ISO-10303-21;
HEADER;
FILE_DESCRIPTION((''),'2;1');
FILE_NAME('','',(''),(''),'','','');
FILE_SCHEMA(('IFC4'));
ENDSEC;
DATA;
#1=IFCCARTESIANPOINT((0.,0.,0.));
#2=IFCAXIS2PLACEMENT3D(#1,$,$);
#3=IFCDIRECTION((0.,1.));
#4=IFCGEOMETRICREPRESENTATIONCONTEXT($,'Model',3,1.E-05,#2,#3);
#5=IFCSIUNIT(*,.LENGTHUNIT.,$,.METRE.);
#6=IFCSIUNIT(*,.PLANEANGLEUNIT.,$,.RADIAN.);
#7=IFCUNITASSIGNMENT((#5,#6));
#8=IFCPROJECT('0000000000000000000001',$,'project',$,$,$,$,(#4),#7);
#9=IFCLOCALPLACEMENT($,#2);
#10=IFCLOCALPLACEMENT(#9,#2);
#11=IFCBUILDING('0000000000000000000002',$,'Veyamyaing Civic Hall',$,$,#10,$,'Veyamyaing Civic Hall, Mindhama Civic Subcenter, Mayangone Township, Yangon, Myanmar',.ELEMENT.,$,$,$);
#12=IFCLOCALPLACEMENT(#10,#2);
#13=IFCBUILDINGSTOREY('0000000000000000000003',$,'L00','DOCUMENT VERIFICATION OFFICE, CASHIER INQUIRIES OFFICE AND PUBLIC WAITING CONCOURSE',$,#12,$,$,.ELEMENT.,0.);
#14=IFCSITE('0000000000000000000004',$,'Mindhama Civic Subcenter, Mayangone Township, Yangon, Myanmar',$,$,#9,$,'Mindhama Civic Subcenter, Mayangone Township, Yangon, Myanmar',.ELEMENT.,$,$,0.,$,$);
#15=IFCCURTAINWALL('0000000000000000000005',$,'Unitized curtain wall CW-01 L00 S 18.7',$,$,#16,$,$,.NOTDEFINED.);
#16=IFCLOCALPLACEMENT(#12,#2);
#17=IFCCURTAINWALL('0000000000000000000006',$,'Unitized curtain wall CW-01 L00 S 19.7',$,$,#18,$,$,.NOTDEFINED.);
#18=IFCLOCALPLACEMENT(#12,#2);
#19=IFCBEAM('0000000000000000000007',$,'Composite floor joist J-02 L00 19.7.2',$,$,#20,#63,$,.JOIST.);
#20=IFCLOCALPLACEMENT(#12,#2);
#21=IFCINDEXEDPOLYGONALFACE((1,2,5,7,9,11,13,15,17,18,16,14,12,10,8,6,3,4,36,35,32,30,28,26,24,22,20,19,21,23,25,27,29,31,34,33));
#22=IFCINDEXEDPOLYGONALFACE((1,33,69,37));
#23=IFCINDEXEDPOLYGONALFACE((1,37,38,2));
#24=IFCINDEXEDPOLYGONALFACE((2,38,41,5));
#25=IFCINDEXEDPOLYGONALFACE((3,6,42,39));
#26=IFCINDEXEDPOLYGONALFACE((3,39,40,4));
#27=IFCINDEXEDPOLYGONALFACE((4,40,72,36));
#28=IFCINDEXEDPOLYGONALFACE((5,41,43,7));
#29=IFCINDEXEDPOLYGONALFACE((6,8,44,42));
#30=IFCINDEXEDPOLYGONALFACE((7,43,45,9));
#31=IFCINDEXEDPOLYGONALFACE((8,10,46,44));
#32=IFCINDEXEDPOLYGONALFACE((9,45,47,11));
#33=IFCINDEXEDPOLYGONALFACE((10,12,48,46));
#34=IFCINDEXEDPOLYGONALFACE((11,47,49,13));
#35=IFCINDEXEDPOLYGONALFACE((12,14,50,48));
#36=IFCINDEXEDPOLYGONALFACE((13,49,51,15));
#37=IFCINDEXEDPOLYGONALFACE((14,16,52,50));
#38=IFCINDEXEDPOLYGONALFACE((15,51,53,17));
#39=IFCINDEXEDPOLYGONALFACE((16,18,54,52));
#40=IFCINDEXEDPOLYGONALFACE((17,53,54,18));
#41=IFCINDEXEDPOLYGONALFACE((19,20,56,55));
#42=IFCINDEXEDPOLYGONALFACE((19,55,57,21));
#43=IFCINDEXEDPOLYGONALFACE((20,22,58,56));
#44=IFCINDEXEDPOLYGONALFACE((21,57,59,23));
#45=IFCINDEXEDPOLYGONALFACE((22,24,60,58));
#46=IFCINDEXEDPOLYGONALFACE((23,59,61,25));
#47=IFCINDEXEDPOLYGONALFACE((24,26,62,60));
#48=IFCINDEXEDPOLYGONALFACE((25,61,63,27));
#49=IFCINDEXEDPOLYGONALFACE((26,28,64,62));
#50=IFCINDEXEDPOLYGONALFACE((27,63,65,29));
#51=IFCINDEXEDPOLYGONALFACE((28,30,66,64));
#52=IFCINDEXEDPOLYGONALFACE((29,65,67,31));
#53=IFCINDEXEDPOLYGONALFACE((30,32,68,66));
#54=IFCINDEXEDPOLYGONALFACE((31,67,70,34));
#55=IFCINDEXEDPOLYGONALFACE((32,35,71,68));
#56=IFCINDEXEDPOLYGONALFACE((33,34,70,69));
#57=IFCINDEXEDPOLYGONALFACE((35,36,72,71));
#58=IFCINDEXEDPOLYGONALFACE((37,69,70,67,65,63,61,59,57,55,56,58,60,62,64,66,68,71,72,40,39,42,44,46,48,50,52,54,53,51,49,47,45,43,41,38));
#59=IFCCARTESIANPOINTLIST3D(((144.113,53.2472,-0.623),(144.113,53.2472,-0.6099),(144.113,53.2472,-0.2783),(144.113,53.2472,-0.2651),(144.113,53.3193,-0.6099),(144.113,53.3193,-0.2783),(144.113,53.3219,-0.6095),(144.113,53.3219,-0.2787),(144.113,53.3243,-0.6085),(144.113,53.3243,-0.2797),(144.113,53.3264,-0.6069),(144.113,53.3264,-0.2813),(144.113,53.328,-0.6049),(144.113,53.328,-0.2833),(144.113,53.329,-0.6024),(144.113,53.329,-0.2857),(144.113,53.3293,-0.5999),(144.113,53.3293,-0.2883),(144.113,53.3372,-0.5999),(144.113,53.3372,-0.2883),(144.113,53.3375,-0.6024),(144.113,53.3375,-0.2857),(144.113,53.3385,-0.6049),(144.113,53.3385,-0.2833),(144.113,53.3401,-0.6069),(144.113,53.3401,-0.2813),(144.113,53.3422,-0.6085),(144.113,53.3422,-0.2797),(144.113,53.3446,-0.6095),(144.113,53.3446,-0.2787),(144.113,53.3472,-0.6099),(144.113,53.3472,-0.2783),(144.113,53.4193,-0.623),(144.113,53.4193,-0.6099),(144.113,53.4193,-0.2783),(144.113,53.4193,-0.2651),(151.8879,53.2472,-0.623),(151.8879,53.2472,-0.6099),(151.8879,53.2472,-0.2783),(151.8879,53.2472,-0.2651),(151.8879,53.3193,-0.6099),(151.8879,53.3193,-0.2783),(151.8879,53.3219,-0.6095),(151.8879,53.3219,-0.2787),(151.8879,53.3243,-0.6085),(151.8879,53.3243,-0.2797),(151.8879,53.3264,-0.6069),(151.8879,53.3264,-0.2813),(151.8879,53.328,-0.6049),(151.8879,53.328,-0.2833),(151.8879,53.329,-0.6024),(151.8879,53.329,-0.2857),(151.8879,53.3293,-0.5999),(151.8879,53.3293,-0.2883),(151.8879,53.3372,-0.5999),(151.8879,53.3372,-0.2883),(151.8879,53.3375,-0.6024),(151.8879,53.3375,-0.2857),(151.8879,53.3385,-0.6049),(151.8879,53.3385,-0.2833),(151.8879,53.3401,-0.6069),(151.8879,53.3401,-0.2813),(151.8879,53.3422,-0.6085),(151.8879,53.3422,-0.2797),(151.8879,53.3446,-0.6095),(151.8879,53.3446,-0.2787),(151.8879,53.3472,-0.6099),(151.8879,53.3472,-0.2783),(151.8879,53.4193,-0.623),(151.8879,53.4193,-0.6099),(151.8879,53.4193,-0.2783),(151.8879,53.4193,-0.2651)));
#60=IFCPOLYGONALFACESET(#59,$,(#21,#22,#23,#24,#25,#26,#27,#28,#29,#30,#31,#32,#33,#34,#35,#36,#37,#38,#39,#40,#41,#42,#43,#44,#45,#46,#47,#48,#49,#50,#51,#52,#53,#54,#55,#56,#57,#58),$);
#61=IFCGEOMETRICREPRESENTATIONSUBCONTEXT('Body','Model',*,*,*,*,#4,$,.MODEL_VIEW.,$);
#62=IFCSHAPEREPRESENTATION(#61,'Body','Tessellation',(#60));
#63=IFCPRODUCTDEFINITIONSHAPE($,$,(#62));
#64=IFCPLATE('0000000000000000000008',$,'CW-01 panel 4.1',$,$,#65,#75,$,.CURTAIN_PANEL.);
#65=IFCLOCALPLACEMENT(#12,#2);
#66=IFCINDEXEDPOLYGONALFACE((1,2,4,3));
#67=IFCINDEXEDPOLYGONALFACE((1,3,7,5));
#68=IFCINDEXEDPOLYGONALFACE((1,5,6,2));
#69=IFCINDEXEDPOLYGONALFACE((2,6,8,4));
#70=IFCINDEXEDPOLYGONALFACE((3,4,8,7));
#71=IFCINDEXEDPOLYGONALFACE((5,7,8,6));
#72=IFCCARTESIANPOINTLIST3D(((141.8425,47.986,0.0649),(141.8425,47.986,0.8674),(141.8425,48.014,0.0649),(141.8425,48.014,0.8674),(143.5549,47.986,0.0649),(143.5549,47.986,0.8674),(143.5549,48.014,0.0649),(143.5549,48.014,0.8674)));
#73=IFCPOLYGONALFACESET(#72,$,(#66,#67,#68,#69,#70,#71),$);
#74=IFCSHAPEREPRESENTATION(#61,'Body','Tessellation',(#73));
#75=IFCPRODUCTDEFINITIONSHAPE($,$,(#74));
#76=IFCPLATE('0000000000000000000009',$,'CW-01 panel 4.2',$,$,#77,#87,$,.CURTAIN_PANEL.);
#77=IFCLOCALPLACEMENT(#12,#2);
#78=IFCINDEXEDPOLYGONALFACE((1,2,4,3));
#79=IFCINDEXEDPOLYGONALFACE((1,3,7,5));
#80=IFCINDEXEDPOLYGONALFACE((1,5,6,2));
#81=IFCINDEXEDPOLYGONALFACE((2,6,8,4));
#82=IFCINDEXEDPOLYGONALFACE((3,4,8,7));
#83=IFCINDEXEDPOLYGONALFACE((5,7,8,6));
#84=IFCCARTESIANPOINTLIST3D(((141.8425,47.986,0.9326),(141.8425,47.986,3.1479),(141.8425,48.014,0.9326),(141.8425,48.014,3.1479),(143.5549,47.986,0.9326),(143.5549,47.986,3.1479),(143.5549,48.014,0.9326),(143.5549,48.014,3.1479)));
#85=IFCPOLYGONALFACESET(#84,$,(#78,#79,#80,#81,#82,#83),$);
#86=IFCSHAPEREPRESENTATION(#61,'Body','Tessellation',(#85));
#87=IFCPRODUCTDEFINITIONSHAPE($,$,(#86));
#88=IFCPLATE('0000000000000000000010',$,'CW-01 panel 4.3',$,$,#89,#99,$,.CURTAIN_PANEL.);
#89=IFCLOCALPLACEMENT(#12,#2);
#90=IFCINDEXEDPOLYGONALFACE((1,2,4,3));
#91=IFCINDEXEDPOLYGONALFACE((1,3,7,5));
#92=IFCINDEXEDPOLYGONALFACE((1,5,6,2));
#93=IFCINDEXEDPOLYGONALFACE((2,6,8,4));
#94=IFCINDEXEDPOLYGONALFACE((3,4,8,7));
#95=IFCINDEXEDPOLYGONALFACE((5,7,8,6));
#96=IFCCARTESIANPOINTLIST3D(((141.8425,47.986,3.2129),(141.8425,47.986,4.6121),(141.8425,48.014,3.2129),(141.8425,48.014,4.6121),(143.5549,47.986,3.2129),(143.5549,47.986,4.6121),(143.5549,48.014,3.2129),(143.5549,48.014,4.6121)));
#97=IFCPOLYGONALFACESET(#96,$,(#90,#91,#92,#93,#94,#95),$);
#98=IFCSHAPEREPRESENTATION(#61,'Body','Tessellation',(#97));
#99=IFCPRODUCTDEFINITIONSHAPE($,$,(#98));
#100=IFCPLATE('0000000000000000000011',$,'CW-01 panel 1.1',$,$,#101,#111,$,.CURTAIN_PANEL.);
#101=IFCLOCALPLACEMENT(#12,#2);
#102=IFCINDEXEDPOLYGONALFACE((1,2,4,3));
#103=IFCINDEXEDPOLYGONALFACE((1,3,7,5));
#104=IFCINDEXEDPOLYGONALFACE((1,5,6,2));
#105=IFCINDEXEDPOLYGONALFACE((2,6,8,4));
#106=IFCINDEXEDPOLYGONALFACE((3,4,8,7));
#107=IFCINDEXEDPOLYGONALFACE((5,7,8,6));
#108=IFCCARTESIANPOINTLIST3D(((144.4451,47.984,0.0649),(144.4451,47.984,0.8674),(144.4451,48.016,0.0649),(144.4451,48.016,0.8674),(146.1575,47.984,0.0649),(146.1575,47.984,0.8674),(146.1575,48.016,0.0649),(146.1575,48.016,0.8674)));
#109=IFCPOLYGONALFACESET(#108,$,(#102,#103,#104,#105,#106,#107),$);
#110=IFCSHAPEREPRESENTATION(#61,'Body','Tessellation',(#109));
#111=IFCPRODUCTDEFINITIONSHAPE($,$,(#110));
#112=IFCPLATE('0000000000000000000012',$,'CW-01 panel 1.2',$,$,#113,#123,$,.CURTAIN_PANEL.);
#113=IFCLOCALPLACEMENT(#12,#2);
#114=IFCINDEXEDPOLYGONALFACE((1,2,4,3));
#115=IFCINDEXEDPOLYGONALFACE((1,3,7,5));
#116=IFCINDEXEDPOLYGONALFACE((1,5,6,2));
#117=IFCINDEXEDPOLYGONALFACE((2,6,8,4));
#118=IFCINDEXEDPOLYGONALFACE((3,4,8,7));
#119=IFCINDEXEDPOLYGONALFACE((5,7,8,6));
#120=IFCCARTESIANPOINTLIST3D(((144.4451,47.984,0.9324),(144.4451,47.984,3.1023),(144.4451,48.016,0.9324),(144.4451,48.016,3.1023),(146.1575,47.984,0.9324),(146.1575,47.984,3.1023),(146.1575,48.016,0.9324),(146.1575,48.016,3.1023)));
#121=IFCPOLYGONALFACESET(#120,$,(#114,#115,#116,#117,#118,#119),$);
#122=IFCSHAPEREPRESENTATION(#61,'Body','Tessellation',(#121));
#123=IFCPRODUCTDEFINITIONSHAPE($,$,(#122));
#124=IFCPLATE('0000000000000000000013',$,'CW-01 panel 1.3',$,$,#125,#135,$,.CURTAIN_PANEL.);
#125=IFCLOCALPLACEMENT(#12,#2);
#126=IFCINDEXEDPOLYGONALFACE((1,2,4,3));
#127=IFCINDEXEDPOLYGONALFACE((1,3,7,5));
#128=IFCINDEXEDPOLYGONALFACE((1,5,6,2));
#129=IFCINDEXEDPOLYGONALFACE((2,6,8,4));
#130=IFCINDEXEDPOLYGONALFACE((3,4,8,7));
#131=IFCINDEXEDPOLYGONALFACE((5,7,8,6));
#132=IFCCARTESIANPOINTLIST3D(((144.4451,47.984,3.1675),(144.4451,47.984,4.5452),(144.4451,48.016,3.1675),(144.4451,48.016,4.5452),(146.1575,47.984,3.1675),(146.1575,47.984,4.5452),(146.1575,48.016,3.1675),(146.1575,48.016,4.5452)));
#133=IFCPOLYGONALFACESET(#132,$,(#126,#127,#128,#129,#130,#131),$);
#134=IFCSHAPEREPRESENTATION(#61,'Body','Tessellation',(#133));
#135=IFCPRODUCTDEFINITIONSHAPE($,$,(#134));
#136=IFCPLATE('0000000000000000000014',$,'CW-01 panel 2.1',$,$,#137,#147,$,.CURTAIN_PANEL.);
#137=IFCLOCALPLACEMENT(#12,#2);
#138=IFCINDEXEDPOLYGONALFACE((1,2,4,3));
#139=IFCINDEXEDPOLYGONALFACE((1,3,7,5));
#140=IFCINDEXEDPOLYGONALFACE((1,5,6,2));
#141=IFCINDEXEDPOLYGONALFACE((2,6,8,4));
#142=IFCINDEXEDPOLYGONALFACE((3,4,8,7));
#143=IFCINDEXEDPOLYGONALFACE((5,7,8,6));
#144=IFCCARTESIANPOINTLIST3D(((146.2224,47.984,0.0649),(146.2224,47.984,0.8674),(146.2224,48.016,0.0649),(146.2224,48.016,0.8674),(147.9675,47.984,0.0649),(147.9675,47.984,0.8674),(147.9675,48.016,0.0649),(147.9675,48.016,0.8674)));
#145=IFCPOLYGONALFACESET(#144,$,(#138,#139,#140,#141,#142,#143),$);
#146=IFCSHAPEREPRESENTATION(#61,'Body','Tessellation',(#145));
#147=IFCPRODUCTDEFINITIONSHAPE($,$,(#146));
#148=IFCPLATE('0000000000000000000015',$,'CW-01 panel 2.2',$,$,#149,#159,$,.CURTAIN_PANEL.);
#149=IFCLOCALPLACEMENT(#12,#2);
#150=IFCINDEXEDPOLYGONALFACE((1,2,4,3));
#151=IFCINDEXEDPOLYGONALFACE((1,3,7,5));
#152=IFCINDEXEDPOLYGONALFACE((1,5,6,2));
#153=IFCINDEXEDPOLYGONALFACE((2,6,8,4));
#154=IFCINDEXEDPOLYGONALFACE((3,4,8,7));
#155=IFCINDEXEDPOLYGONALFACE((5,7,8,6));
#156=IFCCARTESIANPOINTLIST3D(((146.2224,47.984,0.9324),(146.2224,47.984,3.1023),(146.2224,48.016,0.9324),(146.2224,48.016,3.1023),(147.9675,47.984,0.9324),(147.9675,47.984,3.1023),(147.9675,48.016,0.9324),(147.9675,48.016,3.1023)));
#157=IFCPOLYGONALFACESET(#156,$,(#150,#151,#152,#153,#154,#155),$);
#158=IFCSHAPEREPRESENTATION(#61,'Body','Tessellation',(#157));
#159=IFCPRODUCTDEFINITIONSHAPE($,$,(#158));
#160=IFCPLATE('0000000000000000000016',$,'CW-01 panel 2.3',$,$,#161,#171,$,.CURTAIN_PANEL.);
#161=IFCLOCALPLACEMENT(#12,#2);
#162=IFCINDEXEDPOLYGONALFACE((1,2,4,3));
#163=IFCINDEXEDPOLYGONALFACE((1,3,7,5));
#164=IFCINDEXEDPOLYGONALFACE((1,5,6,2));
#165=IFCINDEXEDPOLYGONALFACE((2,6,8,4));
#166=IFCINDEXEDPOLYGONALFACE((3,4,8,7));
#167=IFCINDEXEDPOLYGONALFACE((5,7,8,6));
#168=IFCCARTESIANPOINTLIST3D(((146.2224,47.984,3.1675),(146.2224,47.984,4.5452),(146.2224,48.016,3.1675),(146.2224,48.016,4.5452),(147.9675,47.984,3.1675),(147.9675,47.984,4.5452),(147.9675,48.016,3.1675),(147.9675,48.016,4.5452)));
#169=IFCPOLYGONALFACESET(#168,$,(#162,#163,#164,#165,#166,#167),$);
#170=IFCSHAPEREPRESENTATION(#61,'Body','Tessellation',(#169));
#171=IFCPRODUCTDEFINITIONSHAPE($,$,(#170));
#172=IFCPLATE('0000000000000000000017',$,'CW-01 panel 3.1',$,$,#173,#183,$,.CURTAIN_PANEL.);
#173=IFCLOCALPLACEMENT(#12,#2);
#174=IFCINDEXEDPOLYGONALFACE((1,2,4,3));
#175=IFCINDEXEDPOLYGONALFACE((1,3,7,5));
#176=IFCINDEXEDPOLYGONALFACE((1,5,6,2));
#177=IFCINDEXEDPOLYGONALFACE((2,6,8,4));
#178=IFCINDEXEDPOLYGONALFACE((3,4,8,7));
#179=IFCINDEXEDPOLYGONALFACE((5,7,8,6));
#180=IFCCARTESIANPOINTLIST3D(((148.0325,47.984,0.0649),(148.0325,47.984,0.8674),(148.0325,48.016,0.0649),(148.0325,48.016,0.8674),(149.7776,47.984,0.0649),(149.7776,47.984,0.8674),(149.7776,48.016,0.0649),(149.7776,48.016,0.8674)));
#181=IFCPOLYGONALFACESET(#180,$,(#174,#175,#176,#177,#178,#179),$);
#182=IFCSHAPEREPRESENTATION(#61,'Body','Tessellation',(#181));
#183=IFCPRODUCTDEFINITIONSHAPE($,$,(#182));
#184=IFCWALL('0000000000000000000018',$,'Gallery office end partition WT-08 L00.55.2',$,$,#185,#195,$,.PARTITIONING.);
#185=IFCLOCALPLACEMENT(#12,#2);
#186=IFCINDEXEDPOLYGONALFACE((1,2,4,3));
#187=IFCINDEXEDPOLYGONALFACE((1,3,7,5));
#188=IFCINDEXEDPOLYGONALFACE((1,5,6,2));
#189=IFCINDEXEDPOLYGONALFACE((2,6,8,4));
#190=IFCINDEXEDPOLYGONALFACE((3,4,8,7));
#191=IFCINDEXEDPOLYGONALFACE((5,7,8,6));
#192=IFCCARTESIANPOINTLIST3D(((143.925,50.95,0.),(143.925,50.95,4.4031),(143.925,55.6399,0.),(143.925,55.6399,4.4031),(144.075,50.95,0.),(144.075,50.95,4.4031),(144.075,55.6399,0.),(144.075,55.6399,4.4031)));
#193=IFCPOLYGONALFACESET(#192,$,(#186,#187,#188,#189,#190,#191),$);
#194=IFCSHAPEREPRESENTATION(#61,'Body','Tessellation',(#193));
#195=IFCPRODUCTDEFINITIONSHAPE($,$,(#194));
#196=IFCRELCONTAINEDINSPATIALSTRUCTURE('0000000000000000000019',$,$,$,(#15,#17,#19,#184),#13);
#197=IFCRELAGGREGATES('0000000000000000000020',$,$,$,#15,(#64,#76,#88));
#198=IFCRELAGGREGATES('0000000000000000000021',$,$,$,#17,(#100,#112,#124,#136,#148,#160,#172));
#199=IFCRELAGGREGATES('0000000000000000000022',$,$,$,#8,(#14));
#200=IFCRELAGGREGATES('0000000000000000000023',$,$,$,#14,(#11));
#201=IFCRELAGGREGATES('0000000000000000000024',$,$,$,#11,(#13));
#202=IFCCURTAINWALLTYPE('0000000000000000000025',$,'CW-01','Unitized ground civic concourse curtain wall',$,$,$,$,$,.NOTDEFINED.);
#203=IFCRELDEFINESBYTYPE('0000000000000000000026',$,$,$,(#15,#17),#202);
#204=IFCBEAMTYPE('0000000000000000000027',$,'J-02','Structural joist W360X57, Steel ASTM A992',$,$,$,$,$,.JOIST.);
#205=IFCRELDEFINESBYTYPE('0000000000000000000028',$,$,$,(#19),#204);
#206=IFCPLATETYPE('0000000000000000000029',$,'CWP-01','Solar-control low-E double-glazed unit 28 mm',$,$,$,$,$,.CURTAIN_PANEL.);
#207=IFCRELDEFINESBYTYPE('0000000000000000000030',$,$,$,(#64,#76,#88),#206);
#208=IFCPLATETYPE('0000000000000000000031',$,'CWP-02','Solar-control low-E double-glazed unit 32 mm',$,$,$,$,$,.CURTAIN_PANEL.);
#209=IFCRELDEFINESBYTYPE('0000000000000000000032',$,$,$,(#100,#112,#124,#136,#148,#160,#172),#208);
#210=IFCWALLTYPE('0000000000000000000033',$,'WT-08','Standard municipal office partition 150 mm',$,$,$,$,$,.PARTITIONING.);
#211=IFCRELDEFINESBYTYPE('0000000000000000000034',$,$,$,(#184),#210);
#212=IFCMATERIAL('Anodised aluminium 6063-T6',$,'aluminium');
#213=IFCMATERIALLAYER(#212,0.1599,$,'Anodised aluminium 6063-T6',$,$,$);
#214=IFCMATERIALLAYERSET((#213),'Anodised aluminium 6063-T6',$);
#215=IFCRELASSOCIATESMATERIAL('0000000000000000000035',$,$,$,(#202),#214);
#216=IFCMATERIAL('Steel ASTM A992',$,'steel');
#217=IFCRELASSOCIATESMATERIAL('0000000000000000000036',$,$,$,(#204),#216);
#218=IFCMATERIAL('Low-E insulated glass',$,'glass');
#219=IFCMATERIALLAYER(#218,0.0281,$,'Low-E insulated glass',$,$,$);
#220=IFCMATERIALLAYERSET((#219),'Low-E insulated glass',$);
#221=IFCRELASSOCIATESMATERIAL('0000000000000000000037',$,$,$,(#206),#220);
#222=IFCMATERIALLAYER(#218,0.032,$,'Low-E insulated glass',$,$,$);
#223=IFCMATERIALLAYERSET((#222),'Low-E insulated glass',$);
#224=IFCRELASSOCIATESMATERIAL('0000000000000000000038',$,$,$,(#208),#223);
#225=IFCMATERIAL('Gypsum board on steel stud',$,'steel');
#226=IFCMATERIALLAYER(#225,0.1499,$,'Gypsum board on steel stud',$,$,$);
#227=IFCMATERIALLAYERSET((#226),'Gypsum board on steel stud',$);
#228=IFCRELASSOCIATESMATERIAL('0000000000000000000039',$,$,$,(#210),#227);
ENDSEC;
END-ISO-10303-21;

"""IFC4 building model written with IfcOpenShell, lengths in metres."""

from ifc_helpers import new_model, si_unit, direction, frame, frame_2d, origin, origin_2d, place, context, subcontext, project, spatial, rectangle, i_section, extrude, material, layer, layer_set, material_profile, profile_set, type_object, element, aggregate, save


model = new_model("IFC4")

# Units and contexts
model_context = context("Model", 3, precision=1e-05, world=origin(), true_north=direction((0.0, 1.0)))
body_context = subcontext(model_context, "Body", "Model", "MODEL_VIEW")
ifc_project = project(units=[si_unit("LENGTHUNIT", "METRE"), si_unit("PLANEANGLEUNIT", "RADIAN")], contexts=[model_context])

# Site, building, storey
site_placement = place(None, origin())
site = spatial("IfcSite", under=ifc_project, at=site_placement, Name="Mindhama Civic Subcenter, Mayangone Township, Yangon, Myanmar", LongName="Mindhama Civic Subcenter, Mayangone Township, Yangon, Myanmar", CompositionType="ELEMENT", RefElevation=0.0)
building_placement = place(site_placement, origin())
building = spatial("IfcBuilding", under=site, at=building_placement, Name="Veyamyaing Civic Hall", LongName="Veyamyaing Civic Hall, Mindhama Civic Subcenter, Mayangone Township, Yangon, Myanmar", CompositionType="ELEMENT")
storey_placement = place(building_placement, origin())
storey = spatial("IfcBuildingStorey", under=building, at=storey_placement, Name="L00", Description="DOCUMENT VERIFICATION OFFICE, CASHIER INQUIRIES OFFICE AND PUBLIC WAITING CONCOURSE", CompositionType="ELEMENT", Elevation=0.0)

# Shared definitions
ifc_material_1 = material(Name="Steel ASTM A992", Category="steel")

# Curtain wall
ifc_material_2 = material(Name="Anodised aluminium 6063-T6", Category="aluminium")
ifc_layer_1 = layer(ifc_material_2, 0.1599, Name="Anodised aluminium 6063-T6")
ifc_layer_set_1 = layer_set([ifc_layer_1], Name="Anodised aluminium 6063-T6")
curtain_wall_type = type_object("IfcCurtainWallType", Name="CW-01", Description="Unitized ground civic concourse curtain wall", PredefinedType="NOTDEFINED", material=ifc_layer_set_1)
curtain_wall_1_placement = place(storey_placement, origin())
curtain_wall_1 = element("IfcCurtainWall", 1, at=curtain_wall_1_placement, inside=storey, type_object=curtain_wall_type, Name="Unitized curtain wall CW-01 L00 S 18.7", PredefinedType="NOTDEFINED")

# Curtain wall
curtain_wall_2_placement = place(storey_placement, origin())
curtain_wall_2 = element("IfcCurtainWall", 2, at=curtain_wall_2_placement, inside=storey, type_object=curtain_wall_type, Name="Unitized curtain wall CW-01 L00 S 19.7", PredefinedType="NOTDEFINED")

# Beam
ifc_material_profile_1 = material_profile(ifc_material_1, i_section(OverallWidth=0.1721, OverallDepth=0.3579, WebThickness=0.0078, FlangeThickness=0.0132, FilletRadius=0.01, at=origin_2d()), Name="W360X57")
ifc_profile_set_1 = profile_set([ifc_material_profile_1], Name="Steel ASTM A992")
beam_type_1 = type_object("IfcBeamType", Name="J-02", Description="Structural joist W360X57, Steel ASTM A992", PredefinedType="JOIST", material=ifc_profile_set_1)
for number, where, z_axis, x_axis, name in (
    (3, (144.113, 53.3333, -0.4441), (1.0, 0.0, 0.0), (0.0, 1.0, 0.0), "Composite floor joist J-02 L00 19.7.2"),
):
    element("IfcBeam", number, at=place(storey_placement, frame(where, z_axis=z_axis, x_axis=x_axis)), inside=storey, type_object=beam_type_1, Name=name, PredefinedType="JOIST", context=body_context, shape_type="SweptSolid", body=[
        extrude(i_section(OverallWidth=0.1721, OverallDepth=0.3579, WebThickness=0.0078, FlangeThickness=0.0132, FilletRadius=0.01, at=origin_2d()), origin(), (0.0, 0.0, 1.0), 7.7749),
    ])

# Plates
ifc_material_3 = material(Name="Low-E insulated glass", Category="glass")
ifc_layer_2 = layer(ifc_material_3, 0.0281, Name="Low-E insulated glass")
ifc_layer_set_2 = layer_set([ifc_layer_2], Name="Low-E insulated glass")
plate_type_1 = type_object("IfcPlateType", Name="CWP-01", Description="Solar-control low-E double-glazed unit 28 mm", PredefinedType="CURTAIN_PANEL", material=ifc_layer_set_2)
plate_1_placement = place(storey_placement, frame((142.6987, 48.0, 0.0649), z_axis=(0.0, 0.0, 1.0), x_axis=(1.0, 0.0, 0.0)))
plate_1 = element("IfcPlate", 4, at=plate_1_placement, type_object=plate_type_1, Name="CW-01 panel 4.1", PredefinedType="CURTAIN_PANEL", context=body_context, shape_type="SweptSolid", body=[
    extrude(rectangle(XDim=1.7124, YDim=0.0281, at=origin_2d()), origin(), (0.0, 0.0, 1.0), 0.8025),
])
plate_2_placement = place(storey_placement, frame((142.6987, 48.0, 0.9326), z_axis=(0.0, 0.0, 1.0), x_axis=(1.0, 0.0, 0.0)))
plate_2 = element("IfcPlate", 5, at=plate_2_placement, type_object=plate_type_1, Name="CW-01 panel 4.2", PredefinedType="CURTAIN_PANEL", context=body_context, shape_type="SweptSolid", body=[
    extrude(rectangle(XDim=1.7124, YDim=0.0281, at=origin_2d()), origin(), (0.0, 0.0, 1.0), 2.2153),
])
plate_3_placement = place(storey_placement, frame((142.6987, 48.0, 3.2129), z_axis=(0.0, 0.0, 1.0), x_axis=(1.0, 0.0, 0.0)))
plate_3 = element("IfcPlate", 6, at=plate_3_placement, type_object=plate_type_1, Name="CW-01 panel 4.3", PredefinedType="CURTAIN_PANEL", context=body_context, shape_type="SweptSolid", body=[
    extrude(rectangle(XDim=1.7124, YDim=0.0281, at=origin_2d()), origin(), (0.0, 0.0, 1.0), 1.3992),
])
aggregate(curtain_wall_1, [plate_1, plate_2, plate_3])
ifc_layer_3 = layer(ifc_material_3, 0.032, Name="Low-E insulated glass")
ifc_layer_set_3 = layer_set([ifc_layer_3], Name="Low-E insulated glass")
plate_type_2 = type_object("IfcPlateType", Name="CWP-02", Description="Solar-control low-E double-glazed unit 32 mm", PredefinedType="CURTAIN_PANEL", material=ifc_layer_set_3)
plate_4_placement = place(storey_placement, frame((145.3013, 48.0, 0.0649), z_axis=(0.0, 0.0, 1.0), x_axis=(1.0, 0.0, 0.0)))
plate_4 = element("IfcPlate", 7, at=plate_4_placement, type_object=plate_type_2, Name="CW-01 panel 1.1", PredefinedType="CURTAIN_PANEL", context=body_context, shape_type="SweptSolid", body=[
    extrude(rectangle(XDim=1.7124, YDim=0.032, at=origin_2d()), origin(), (0.0, 0.0, 1.0), 0.8025),
])
plate_5_placement = place(storey_placement, frame((145.3013, 48.0, 0.9324), z_axis=(0.0, 0.0, 1.0), x_axis=(1.0, 0.0, 0.0)))
plate_5 = element("IfcPlate", 8, at=plate_5_placement, type_object=plate_type_2, Name="CW-01 panel 1.2", PredefinedType="CURTAIN_PANEL", context=body_context, shape_type="SweptSolid", body=[
    extrude(rectangle(XDim=1.7124, YDim=0.032, at=origin_2d()), origin(), (0.0, 0.0, 1.0), 2.1699),
])
plate_6_placement = place(storey_placement, frame((145.3013, 48.0, 3.1675), z_axis=(0.0, 0.0, 1.0), x_axis=(1.0, 0.0, 0.0)))
plate_6 = element("IfcPlate", 9, at=plate_6_placement, type_object=plate_type_2, Name="CW-01 panel 1.3", PredefinedType="CURTAIN_PANEL", context=body_context, shape_type="SweptSolid", body=[
    extrude(rectangle(XDim=1.7124, YDim=0.032, at=origin_2d()), origin(), (0.0, 0.0, 1.0), 1.3777),
])
plate_7_placement = place(storey_placement, frame((147.095, 48.0, 0.0649), z_axis=(0.0, 0.0, 1.0), x_axis=(1.0, 0.0, 0.0)))
plate_7 = element("IfcPlate", 10, at=plate_7_placement, type_object=plate_type_2, Name="CW-01 panel 2.1", PredefinedType="CURTAIN_PANEL", context=body_context, shape_type="SweptSolid", body=[
    extrude(rectangle(XDim=1.7451, YDim=0.032, at=origin_2d()), origin(), (0.0, 0.0, 1.0), 0.8025),
])
plate_8_placement = place(storey_placement, frame((147.095, 48.0, 0.9324), z_axis=(0.0, 0.0, 1.0), x_axis=(1.0, 0.0, 0.0)))
plate_8 = element("IfcPlate", 11, at=plate_8_placement, type_object=plate_type_2, Name="CW-01 panel 2.2", PredefinedType="CURTAIN_PANEL", context=body_context, shape_type="SweptSolid", body=[
    extrude(rectangle(XDim=1.7451, YDim=0.032, at=origin_2d()), origin(), (0.0, 0.0, 1.0), 2.1699),
])
plate_9_placement = place(storey_placement, frame((147.095, 48.0, 3.1675), z_axis=(0.0, 0.0, 1.0), x_axis=(1.0, 0.0, 0.0)))
plate_9 = element("IfcPlate", 12, at=plate_9_placement, type_object=plate_type_2, Name="CW-01 panel 2.3", PredefinedType="CURTAIN_PANEL", context=body_context, shape_type="SweptSolid", body=[
    extrude(rectangle(XDim=1.7451, YDim=0.032, at=origin_2d()), origin(), (0.0, 0.0, 1.0), 1.3777),
])
plate_10_placement = place(storey_placement, frame((148.905, 48.0, 0.0649), z_axis=(0.0, 0.0, 1.0), x_axis=(1.0, 0.0, 0.0)))
plate_10 = element("IfcPlate", 13, at=plate_10_placement, type_object=plate_type_2, Name="CW-01 panel 3.1", PredefinedType="CURTAIN_PANEL", context=body_context, shape_type="SweptSolid", body=[
    extrude(rectangle(XDim=1.7451, YDim=0.032, at=origin_2d()), origin(), (0.0, 0.0, 1.0), 0.8025),
])
aggregate(curtain_wall_2, [plate_4, plate_5, plate_6, plate_7, plate_8, plate_9, plate_10])

# Wall
ifc_material_4 = material(Name="Gypsum board on steel stud", Category="steel")
ifc_layer_4 = layer(ifc_material_4, 0.1499, Name="Gypsum board on steel stud")
ifc_layer_set_4 = layer_set([ifc_layer_4], Name="Gypsum board on steel stud")
wall_type_1 = type_object("IfcWallType", Name="WT-08", Description="Standard municipal office partition 150 mm", PredefinedType="PARTITIONING", material=ifc_layer_set_4)
wall_1_placement = place(storey_placement, frame((144.0, 50.95, 0.0), z_axis=(0.0, 0.0, 1.0), x_axis=(0.0, 1.0, 0.0)))
element("IfcWall", 14, at=wall_1_placement, inside=storey, type_object=wall_type_1, Name="Gallery office end partition WT-08 L00.55.2", PredefinedType="PARTITIONING", context=body_context, shape_type="SweptSolid", body=[
    extrude(rectangle(XDim=4.6899, YDim=0.1499, at=frame_2d((2.345, 0.0))), origin(), (0.0, 0.0, 1.0), 4.4031),
])

save(model, "model.ifc")
